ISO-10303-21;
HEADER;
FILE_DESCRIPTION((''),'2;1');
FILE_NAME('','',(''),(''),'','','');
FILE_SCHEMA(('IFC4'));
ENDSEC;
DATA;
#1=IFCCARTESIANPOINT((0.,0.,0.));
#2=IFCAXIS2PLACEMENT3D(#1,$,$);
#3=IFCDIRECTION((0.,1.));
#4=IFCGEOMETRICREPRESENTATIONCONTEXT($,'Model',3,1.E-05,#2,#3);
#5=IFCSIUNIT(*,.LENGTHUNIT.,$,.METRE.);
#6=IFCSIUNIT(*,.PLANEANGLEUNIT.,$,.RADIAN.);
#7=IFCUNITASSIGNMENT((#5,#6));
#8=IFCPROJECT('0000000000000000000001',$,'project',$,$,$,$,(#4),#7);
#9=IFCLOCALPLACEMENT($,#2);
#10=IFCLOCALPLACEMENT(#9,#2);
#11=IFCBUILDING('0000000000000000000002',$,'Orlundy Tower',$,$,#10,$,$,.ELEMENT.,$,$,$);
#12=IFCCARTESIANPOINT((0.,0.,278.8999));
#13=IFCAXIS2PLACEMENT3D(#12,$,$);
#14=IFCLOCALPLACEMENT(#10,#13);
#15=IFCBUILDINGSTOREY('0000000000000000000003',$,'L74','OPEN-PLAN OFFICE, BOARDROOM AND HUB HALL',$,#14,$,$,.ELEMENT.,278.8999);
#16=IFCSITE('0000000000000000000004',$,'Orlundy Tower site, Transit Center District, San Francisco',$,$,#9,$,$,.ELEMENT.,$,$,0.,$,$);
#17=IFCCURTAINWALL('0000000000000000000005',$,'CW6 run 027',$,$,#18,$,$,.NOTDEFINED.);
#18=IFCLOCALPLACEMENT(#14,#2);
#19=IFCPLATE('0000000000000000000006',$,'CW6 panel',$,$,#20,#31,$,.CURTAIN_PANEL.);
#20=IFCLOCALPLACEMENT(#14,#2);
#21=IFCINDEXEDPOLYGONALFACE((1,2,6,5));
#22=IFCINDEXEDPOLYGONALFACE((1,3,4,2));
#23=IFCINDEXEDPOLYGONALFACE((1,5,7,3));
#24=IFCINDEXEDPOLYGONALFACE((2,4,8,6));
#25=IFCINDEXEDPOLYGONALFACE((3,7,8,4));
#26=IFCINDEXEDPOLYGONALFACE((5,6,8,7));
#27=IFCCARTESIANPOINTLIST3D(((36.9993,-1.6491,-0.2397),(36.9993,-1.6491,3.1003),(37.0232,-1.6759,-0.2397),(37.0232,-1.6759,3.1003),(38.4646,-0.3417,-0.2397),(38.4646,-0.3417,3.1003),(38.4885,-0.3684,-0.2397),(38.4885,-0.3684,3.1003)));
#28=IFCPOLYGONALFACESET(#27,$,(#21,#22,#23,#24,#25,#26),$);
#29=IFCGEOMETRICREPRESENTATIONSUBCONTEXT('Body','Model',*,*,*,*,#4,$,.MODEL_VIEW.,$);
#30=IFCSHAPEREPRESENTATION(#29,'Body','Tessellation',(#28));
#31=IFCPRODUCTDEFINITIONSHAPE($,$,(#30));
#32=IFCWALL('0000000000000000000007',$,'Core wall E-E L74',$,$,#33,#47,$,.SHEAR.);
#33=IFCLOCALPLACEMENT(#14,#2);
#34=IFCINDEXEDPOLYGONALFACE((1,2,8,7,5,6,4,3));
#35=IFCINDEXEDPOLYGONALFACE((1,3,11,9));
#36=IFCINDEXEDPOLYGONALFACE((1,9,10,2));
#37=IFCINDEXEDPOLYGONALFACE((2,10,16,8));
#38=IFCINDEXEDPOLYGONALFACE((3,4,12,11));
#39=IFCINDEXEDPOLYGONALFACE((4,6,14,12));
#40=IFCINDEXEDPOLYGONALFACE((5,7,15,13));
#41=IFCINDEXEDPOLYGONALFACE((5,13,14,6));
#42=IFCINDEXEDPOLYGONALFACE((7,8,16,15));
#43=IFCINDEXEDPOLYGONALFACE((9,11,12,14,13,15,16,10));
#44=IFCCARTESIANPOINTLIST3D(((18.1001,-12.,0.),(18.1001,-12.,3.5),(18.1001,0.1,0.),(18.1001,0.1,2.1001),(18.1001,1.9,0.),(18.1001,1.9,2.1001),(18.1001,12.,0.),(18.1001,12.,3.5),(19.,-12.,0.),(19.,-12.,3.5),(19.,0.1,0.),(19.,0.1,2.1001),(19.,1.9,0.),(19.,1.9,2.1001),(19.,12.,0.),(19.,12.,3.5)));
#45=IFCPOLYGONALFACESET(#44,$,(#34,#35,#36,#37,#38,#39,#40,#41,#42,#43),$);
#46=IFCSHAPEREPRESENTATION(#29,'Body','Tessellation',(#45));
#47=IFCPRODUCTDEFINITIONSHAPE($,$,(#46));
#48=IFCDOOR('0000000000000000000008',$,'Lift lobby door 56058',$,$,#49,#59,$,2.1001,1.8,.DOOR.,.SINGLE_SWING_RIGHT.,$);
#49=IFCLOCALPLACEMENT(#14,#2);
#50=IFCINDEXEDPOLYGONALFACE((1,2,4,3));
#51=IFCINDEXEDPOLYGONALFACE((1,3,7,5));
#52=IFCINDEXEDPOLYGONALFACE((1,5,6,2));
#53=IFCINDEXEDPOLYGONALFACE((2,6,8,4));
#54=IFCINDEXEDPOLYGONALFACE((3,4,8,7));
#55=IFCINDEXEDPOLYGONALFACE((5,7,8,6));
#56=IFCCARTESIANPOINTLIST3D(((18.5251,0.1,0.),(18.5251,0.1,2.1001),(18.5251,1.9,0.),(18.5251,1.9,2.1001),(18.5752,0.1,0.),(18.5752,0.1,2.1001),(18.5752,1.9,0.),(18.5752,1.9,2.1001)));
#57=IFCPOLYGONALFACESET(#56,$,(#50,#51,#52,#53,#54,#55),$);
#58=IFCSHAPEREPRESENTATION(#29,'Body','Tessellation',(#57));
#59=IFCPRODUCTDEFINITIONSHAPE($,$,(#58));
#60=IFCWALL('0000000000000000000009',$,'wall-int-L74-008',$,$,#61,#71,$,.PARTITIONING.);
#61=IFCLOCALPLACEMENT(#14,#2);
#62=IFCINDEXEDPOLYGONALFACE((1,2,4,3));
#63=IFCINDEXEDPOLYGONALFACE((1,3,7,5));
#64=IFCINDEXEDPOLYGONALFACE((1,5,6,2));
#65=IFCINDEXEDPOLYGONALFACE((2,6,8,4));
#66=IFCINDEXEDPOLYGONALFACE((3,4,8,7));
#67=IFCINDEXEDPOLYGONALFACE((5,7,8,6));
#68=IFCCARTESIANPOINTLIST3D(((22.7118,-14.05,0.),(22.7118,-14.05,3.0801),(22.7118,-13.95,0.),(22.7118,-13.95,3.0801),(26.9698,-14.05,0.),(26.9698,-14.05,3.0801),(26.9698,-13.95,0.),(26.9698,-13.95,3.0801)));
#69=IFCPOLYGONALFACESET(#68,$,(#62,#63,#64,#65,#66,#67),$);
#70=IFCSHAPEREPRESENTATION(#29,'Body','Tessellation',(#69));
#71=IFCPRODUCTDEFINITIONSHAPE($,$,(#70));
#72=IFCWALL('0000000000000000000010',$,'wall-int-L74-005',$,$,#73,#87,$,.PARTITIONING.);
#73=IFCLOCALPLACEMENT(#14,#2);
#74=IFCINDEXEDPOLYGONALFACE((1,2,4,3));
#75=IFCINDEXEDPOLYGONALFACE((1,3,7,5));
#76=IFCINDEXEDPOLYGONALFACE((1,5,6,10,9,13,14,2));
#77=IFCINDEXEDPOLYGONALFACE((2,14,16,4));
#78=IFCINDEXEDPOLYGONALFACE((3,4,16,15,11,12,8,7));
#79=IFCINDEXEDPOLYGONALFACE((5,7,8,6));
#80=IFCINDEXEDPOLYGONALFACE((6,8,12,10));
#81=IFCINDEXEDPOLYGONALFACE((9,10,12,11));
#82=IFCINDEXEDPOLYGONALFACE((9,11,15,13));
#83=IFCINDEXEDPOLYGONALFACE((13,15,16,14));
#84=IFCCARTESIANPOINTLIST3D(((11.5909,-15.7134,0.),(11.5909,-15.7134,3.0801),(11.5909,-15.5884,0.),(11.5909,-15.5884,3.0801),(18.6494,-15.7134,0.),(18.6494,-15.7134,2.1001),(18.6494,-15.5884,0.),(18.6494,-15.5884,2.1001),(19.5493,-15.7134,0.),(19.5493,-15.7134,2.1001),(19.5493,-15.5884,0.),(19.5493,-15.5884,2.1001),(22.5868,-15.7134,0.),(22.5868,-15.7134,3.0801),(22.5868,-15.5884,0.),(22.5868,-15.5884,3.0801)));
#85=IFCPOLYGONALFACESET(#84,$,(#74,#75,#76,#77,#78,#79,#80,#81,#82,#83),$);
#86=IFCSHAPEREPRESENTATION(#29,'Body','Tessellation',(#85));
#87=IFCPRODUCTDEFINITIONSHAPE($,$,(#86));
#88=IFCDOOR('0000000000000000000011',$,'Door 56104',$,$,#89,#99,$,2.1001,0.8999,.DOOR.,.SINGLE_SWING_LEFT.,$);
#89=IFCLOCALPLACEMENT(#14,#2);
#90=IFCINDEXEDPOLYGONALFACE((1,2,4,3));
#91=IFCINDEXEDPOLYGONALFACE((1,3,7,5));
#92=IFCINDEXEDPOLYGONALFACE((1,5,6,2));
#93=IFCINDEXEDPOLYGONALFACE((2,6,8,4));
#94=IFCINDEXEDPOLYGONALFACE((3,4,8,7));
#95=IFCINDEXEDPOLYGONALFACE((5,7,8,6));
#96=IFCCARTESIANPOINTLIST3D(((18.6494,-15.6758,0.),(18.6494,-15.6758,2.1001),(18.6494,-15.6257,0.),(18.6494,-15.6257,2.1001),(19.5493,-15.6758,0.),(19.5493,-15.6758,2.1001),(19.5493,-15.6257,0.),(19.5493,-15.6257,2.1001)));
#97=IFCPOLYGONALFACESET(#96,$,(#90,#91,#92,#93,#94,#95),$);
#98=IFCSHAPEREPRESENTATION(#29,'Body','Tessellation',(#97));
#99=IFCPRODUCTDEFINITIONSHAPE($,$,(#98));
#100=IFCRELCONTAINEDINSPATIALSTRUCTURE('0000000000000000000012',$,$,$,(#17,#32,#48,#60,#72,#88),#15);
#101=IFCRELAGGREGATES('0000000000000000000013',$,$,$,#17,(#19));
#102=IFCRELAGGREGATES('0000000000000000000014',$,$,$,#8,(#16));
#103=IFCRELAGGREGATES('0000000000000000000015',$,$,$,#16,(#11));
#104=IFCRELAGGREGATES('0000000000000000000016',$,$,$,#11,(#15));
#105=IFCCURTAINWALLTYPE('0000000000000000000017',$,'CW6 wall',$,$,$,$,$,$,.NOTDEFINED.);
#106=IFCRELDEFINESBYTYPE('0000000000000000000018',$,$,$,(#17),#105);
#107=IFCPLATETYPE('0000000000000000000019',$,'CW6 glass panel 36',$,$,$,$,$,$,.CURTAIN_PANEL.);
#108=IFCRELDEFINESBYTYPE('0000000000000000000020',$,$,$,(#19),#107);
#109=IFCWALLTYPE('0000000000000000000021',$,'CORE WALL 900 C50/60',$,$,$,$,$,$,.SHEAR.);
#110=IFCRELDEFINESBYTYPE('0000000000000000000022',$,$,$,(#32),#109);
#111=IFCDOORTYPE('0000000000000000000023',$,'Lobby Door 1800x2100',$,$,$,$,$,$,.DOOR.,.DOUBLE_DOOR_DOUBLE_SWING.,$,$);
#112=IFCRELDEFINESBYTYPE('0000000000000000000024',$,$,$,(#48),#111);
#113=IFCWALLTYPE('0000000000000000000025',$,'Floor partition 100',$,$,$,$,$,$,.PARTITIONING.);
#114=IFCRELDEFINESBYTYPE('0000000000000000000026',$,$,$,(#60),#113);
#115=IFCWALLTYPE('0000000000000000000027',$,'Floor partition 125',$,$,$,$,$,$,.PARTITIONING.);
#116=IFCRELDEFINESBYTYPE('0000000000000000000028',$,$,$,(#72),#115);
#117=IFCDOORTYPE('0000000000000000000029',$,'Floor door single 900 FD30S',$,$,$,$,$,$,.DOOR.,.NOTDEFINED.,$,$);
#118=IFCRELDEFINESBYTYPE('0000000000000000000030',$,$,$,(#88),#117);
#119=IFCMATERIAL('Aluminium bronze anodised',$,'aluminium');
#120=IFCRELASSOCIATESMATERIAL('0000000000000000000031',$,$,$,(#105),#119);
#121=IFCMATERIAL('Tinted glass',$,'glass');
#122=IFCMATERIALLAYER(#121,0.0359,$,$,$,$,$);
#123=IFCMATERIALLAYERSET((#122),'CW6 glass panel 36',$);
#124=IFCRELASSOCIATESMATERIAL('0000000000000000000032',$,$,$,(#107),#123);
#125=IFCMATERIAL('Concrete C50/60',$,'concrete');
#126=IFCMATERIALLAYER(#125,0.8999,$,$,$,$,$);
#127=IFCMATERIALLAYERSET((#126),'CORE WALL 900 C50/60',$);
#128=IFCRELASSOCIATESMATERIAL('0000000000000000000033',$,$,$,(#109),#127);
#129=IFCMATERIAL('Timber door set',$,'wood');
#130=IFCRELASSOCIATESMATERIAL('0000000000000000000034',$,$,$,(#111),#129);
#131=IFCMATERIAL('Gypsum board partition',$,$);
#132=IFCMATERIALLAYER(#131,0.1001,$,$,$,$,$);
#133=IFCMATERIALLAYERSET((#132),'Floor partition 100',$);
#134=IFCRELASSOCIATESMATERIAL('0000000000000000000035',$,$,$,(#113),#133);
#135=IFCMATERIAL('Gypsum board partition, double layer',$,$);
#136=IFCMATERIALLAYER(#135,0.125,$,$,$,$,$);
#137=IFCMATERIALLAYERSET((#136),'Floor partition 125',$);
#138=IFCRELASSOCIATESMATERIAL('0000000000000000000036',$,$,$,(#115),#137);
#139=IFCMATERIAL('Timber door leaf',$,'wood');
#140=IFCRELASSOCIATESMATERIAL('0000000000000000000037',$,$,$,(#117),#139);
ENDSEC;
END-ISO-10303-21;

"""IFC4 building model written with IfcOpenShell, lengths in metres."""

from ifc_helpers import new_model, si_unit, direction, frame, frame_2d, origin, origin_2d, place, context, subcontext, project, spatial, rectangle, extrude, material, layer, layer_set, type_object, element, fill, aggregate, save


model = new_model("IFC4")

# Units and contexts
model_context = context("Model", 3, precision=1e-05, world=origin(), true_north=direction((0.0, 1.0)))
body_context = subcontext(model_context, "Body", "Model", "MODEL_VIEW")
ifc_project = project(units=[si_unit("LENGTHUNIT", "METRE"), si_unit("PLANEANGLEUNIT", "RADIAN")], contexts=[model_context])

# Site, building, storey
site_placement = place(None, origin())
site = spatial("IfcSite", under=ifc_project, at=site_placement, Name="Orlundy Tower site, Transit Center District, San Francisco", CompositionType="ELEMENT", RefElevation=0.0)
building_placement = place(site_placement, origin())
building = spatial("IfcBuilding", under=site, at=building_placement, Name="Orlundy Tower", CompositionType="ELEMENT")
storey_placement = place(building_placement, frame((0.0, 0.0, 278.8999)))
storey = spatial("IfcBuildingStorey", under=building, at=storey_placement, Name="L74", Description="OPEN-PLAN OFFICE, BOARDROOM AND HUB HALL", CompositionType="ELEMENT", Elevation=278.8999)

# Shared definitions
ifc_material_1 = material(Name="Aluminium bronze anodised", Category="aluminium")
curtain_wall_type = type_object("IfcCurtainWallType", Name="CW6 wall", PredefinedType="NOTDEFINED", material=ifc_material_1)

# Curtain wall
curtain_wall_1_placement = place(storey_placement, origin())
curtain_wall_1 = element("IfcCurtainWall", 1, at=curtain_wall_1_placement, inside=storey, type_object=curtain_wall_type, Name="CW6 run 027", PredefinedType="NOTDEFINED")

# Plate
ifc_material_2 = material(Name="Tinted glass", Category="glass")
ifc_layer_1 = layer(ifc_material_2, 0.0359)
ifc_layer_set_1 = layer_set([ifc_layer_1], Name="CW6 glass panel 36")
plate_type = type_object("IfcPlateType", Name="CW6 glass panel 36", PredefinedType="CURTAIN_PANEL", material=ifc_layer_set_1)
plate_1_placement = place(storey_placement, frame((37.7439, -1.0088, -0.2397), z_axis=(0.0, 0.0, 1.0), x_axis=(-0.746158, -0.665769, 0.0)))
plate_1 = element("IfcPlate", 2, at=plate_1_placement, type_object=plate_type, Name="CW6 panel", PredefinedType="CURTAIN_PANEL", context=body_context, shape_type="SweptSolid", body=[
    extrude(rectangle(XDim=1.9639, YDim=0.0359, at=origin_2d()), origin(), (0.0, 0.0, 1.0), 3.3401),
])
aggregate(curtain_wall_1, [plate_1])

# Wall, opening, door
ifc_material_3 = material(Name="Concrete C50/60", Category="concrete")
ifc_layer_2 = layer(ifc_material_3, 0.8999)
ifc_layer_set_2 = layer_set([ifc_layer_2], Name="CORE WALL 900 C50/60")
wall_type_1 = type_object("IfcWallType", Name="CORE WALL 900 C50/60", PredefinedType="SHEAR", material=ifc_layer_set_2)
wall_1_placement = place(storey_placement, frame((18.55, -12.0, 0.0), z_axis=(0.0, 0.0, 1.0), x_axis=(0.0, 1.0, 0.0)))
wall_1 = element("IfcWall", 3, at=wall_1_placement, inside=storey, type_object=wall_type_1, Name="Core wall E-E L74", PredefinedType="SHEAR", context=body_context, shape_type="SweptSolid", body=[
    extrude(rectangle(XDim=24.0, YDim=0.8999, at=frame_2d((12.0, 0.0))), origin(), (0.0, 0.0, 1.0), 3.5),
])
opening_1_placement = place(wall_1_placement, frame((12.1001, 0.0, 0.0)))
opening_1 = element("IfcOpeningElement", 4, at=opening_1_placement, cuts=wall_1, PredefinedType="OPENING", context=body_context, shape_type="SweptSolid", body=[
    extrude(rectangle(XDim=1.8, YDim=2.1001, at=frame_2d((0.8999, 1.05))), frame((0.0, 0.46, 0.0), z_axis=(0.0, -1.0, 0.0), x_axis=(1.0, 0.0, 0.0)), (0.0, 0.0, 1.0), 0.9199),
])
ifc_material_4 = material(Name="Timber door set", Category="wood")
door_type_1 = type_object("IfcDoorType", Name="Lobby Door 1800x2100", OperationType="DOUBLE_DOOR_DOUBLE_SWING", PredefinedType="DOOR", material=ifc_material_4)
door_1_placement = place(opening_1_placement, origin())
door_1 = element("IfcDoor", 5, at=door_1_placement, inside=storey, type_object=door_type_1, Name="Lift lobby door 56058", OperationType="SINGLE_SWING_RIGHT", OverallHeight=2.1001, OverallWidth=1.8, PredefinedType="DOOR", context=body_context, shape_type="SweptSolid", body=[
    extrude(rectangle(XDim=1.8, YDim=2.1001, at=frame_2d((0.8999, 1.05))), frame((0.0, 0.0249, 0.0), z_axis=(0.0, -1.0, 0.0), x_axis=(1.0, 0.0, 0.0)), (0.0, 0.0, 1.0), 0.05),
])
fill(opening_1, door_1)

# Wall
ifc_material_5 = material(Name="Gypsum board partition")
ifc_layer_3 = layer(ifc_material_5, 0.1001)
ifc_layer_set_3 = layer_set([ifc_layer_3], Name="Floor partition 100")
wall_type_2 = type_object("IfcWallType", Name="Floor partition 100", PredefinedType="PARTITIONING", material=ifc_layer_set_3)
wall_2_placement = place(storey_placement, frame((22.7119, -14.0, 0.0), z_axis=(0.0, 0.0, 1.0), x_axis=(1.0, 0.0, 0.0)))
element("IfcWall", 6, at=wall_2_placement, inside=storey, type_object=wall_type_2, Name="wall-int-L74-008", PredefinedType="PARTITIONING", context=body_context, shape_type="SweptSolid", body=[
    extrude(rectangle(XDim=4.2581, YDim=0.1001, at=frame_2d((2.1289, 0.0))), origin(), (0.0, 0.0, 1.0), 3.0801),
])

# Wall, opening, door
ifc_material_6 = material(Name="Gypsum board partition, double layer")
ifc_layer_4 = layer(ifc_material_6, 0.125)
ifc_layer_set_4 = layer_set([ifc_layer_4], Name="Floor partition 125")
wall_type_3 = type_object("IfcWallType", Name="Floor partition 125", PredefinedType="PARTITIONING", material=ifc_layer_set_4)
wall_3_placement = place(storey_placement, frame((22.5869, -15.6509, 0.0), z_axis=(0.0, 0.0, 1.0), x_axis=(-1.0, 0.0, 0.0)))
wall_3 = element("IfcWall", 7, at=wall_3_placement, inside=storey, type_object=wall_type_3, Name="wall-int-L74-005", PredefinedType="PARTITIONING", context=body_context, shape_type="SweptSolid", body=[
    extrude(rectangle(XDim=10.9958, YDim=0.125, at=frame_2d((5.498, 0.0))), origin(), (0.0, 0.0, 1.0), 3.0801),
])
opening_2_placement = place(wall_3_placement, frame((3.0376, 0.0, 0.0)))
opening_2 = element("IfcOpeningElement", 8, at=opening_2_placement, cuts=wall_3, PredefinedType="OPENING", context=body_context, shape_type="SweptSolid", body=[
    extrude(rectangle(XDim=0.8999, YDim=2.1001, at=frame_2d((0.45, 1.05))), frame((0.0, 0.0725, 0.0), z_axis=(0.0, -1.0, 0.0), x_axis=(1.0, 0.0, 0.0)), (0.0, 0.0, 1.0), 0.145),
])
ifc_material_7 = material(Name="Timber door leaf", Category="wood")
door_type_2 = type_object("IfcDoorType", Name="Floor door single 900 FD30S", OperationType="NOTDEFINED", PredefinedType="DOOR", material=ifc_material_7)
door_2_placement = place(opening_2_placement, origin())
door_2 = element("IfcDoor", 9, at=door_2_placement, inside=storey, type_object=door_type_2, Name="Door 56104", OperationType="SINGLE_SWING_LEFT", OverallHeight=2.1001, OverallWidth=0.8999, PredefinedType="DOOR", context=body_context, shape_type="SweptSolid", body=[
    extrude(rectangle(XDim=0.8999, YDim=2.1001, at=frame_2d((0.45, 1.05))), frame((0.0, 0.0249, 0.0), z_axis=(0.0, -1.0, 0.0), x_axis=(1.0, 0.0, 0.0)), (0.0, 0.0, 1.0), 0.05),
])
fill(opening_2, door_2)

save(model, "model.ifc")
